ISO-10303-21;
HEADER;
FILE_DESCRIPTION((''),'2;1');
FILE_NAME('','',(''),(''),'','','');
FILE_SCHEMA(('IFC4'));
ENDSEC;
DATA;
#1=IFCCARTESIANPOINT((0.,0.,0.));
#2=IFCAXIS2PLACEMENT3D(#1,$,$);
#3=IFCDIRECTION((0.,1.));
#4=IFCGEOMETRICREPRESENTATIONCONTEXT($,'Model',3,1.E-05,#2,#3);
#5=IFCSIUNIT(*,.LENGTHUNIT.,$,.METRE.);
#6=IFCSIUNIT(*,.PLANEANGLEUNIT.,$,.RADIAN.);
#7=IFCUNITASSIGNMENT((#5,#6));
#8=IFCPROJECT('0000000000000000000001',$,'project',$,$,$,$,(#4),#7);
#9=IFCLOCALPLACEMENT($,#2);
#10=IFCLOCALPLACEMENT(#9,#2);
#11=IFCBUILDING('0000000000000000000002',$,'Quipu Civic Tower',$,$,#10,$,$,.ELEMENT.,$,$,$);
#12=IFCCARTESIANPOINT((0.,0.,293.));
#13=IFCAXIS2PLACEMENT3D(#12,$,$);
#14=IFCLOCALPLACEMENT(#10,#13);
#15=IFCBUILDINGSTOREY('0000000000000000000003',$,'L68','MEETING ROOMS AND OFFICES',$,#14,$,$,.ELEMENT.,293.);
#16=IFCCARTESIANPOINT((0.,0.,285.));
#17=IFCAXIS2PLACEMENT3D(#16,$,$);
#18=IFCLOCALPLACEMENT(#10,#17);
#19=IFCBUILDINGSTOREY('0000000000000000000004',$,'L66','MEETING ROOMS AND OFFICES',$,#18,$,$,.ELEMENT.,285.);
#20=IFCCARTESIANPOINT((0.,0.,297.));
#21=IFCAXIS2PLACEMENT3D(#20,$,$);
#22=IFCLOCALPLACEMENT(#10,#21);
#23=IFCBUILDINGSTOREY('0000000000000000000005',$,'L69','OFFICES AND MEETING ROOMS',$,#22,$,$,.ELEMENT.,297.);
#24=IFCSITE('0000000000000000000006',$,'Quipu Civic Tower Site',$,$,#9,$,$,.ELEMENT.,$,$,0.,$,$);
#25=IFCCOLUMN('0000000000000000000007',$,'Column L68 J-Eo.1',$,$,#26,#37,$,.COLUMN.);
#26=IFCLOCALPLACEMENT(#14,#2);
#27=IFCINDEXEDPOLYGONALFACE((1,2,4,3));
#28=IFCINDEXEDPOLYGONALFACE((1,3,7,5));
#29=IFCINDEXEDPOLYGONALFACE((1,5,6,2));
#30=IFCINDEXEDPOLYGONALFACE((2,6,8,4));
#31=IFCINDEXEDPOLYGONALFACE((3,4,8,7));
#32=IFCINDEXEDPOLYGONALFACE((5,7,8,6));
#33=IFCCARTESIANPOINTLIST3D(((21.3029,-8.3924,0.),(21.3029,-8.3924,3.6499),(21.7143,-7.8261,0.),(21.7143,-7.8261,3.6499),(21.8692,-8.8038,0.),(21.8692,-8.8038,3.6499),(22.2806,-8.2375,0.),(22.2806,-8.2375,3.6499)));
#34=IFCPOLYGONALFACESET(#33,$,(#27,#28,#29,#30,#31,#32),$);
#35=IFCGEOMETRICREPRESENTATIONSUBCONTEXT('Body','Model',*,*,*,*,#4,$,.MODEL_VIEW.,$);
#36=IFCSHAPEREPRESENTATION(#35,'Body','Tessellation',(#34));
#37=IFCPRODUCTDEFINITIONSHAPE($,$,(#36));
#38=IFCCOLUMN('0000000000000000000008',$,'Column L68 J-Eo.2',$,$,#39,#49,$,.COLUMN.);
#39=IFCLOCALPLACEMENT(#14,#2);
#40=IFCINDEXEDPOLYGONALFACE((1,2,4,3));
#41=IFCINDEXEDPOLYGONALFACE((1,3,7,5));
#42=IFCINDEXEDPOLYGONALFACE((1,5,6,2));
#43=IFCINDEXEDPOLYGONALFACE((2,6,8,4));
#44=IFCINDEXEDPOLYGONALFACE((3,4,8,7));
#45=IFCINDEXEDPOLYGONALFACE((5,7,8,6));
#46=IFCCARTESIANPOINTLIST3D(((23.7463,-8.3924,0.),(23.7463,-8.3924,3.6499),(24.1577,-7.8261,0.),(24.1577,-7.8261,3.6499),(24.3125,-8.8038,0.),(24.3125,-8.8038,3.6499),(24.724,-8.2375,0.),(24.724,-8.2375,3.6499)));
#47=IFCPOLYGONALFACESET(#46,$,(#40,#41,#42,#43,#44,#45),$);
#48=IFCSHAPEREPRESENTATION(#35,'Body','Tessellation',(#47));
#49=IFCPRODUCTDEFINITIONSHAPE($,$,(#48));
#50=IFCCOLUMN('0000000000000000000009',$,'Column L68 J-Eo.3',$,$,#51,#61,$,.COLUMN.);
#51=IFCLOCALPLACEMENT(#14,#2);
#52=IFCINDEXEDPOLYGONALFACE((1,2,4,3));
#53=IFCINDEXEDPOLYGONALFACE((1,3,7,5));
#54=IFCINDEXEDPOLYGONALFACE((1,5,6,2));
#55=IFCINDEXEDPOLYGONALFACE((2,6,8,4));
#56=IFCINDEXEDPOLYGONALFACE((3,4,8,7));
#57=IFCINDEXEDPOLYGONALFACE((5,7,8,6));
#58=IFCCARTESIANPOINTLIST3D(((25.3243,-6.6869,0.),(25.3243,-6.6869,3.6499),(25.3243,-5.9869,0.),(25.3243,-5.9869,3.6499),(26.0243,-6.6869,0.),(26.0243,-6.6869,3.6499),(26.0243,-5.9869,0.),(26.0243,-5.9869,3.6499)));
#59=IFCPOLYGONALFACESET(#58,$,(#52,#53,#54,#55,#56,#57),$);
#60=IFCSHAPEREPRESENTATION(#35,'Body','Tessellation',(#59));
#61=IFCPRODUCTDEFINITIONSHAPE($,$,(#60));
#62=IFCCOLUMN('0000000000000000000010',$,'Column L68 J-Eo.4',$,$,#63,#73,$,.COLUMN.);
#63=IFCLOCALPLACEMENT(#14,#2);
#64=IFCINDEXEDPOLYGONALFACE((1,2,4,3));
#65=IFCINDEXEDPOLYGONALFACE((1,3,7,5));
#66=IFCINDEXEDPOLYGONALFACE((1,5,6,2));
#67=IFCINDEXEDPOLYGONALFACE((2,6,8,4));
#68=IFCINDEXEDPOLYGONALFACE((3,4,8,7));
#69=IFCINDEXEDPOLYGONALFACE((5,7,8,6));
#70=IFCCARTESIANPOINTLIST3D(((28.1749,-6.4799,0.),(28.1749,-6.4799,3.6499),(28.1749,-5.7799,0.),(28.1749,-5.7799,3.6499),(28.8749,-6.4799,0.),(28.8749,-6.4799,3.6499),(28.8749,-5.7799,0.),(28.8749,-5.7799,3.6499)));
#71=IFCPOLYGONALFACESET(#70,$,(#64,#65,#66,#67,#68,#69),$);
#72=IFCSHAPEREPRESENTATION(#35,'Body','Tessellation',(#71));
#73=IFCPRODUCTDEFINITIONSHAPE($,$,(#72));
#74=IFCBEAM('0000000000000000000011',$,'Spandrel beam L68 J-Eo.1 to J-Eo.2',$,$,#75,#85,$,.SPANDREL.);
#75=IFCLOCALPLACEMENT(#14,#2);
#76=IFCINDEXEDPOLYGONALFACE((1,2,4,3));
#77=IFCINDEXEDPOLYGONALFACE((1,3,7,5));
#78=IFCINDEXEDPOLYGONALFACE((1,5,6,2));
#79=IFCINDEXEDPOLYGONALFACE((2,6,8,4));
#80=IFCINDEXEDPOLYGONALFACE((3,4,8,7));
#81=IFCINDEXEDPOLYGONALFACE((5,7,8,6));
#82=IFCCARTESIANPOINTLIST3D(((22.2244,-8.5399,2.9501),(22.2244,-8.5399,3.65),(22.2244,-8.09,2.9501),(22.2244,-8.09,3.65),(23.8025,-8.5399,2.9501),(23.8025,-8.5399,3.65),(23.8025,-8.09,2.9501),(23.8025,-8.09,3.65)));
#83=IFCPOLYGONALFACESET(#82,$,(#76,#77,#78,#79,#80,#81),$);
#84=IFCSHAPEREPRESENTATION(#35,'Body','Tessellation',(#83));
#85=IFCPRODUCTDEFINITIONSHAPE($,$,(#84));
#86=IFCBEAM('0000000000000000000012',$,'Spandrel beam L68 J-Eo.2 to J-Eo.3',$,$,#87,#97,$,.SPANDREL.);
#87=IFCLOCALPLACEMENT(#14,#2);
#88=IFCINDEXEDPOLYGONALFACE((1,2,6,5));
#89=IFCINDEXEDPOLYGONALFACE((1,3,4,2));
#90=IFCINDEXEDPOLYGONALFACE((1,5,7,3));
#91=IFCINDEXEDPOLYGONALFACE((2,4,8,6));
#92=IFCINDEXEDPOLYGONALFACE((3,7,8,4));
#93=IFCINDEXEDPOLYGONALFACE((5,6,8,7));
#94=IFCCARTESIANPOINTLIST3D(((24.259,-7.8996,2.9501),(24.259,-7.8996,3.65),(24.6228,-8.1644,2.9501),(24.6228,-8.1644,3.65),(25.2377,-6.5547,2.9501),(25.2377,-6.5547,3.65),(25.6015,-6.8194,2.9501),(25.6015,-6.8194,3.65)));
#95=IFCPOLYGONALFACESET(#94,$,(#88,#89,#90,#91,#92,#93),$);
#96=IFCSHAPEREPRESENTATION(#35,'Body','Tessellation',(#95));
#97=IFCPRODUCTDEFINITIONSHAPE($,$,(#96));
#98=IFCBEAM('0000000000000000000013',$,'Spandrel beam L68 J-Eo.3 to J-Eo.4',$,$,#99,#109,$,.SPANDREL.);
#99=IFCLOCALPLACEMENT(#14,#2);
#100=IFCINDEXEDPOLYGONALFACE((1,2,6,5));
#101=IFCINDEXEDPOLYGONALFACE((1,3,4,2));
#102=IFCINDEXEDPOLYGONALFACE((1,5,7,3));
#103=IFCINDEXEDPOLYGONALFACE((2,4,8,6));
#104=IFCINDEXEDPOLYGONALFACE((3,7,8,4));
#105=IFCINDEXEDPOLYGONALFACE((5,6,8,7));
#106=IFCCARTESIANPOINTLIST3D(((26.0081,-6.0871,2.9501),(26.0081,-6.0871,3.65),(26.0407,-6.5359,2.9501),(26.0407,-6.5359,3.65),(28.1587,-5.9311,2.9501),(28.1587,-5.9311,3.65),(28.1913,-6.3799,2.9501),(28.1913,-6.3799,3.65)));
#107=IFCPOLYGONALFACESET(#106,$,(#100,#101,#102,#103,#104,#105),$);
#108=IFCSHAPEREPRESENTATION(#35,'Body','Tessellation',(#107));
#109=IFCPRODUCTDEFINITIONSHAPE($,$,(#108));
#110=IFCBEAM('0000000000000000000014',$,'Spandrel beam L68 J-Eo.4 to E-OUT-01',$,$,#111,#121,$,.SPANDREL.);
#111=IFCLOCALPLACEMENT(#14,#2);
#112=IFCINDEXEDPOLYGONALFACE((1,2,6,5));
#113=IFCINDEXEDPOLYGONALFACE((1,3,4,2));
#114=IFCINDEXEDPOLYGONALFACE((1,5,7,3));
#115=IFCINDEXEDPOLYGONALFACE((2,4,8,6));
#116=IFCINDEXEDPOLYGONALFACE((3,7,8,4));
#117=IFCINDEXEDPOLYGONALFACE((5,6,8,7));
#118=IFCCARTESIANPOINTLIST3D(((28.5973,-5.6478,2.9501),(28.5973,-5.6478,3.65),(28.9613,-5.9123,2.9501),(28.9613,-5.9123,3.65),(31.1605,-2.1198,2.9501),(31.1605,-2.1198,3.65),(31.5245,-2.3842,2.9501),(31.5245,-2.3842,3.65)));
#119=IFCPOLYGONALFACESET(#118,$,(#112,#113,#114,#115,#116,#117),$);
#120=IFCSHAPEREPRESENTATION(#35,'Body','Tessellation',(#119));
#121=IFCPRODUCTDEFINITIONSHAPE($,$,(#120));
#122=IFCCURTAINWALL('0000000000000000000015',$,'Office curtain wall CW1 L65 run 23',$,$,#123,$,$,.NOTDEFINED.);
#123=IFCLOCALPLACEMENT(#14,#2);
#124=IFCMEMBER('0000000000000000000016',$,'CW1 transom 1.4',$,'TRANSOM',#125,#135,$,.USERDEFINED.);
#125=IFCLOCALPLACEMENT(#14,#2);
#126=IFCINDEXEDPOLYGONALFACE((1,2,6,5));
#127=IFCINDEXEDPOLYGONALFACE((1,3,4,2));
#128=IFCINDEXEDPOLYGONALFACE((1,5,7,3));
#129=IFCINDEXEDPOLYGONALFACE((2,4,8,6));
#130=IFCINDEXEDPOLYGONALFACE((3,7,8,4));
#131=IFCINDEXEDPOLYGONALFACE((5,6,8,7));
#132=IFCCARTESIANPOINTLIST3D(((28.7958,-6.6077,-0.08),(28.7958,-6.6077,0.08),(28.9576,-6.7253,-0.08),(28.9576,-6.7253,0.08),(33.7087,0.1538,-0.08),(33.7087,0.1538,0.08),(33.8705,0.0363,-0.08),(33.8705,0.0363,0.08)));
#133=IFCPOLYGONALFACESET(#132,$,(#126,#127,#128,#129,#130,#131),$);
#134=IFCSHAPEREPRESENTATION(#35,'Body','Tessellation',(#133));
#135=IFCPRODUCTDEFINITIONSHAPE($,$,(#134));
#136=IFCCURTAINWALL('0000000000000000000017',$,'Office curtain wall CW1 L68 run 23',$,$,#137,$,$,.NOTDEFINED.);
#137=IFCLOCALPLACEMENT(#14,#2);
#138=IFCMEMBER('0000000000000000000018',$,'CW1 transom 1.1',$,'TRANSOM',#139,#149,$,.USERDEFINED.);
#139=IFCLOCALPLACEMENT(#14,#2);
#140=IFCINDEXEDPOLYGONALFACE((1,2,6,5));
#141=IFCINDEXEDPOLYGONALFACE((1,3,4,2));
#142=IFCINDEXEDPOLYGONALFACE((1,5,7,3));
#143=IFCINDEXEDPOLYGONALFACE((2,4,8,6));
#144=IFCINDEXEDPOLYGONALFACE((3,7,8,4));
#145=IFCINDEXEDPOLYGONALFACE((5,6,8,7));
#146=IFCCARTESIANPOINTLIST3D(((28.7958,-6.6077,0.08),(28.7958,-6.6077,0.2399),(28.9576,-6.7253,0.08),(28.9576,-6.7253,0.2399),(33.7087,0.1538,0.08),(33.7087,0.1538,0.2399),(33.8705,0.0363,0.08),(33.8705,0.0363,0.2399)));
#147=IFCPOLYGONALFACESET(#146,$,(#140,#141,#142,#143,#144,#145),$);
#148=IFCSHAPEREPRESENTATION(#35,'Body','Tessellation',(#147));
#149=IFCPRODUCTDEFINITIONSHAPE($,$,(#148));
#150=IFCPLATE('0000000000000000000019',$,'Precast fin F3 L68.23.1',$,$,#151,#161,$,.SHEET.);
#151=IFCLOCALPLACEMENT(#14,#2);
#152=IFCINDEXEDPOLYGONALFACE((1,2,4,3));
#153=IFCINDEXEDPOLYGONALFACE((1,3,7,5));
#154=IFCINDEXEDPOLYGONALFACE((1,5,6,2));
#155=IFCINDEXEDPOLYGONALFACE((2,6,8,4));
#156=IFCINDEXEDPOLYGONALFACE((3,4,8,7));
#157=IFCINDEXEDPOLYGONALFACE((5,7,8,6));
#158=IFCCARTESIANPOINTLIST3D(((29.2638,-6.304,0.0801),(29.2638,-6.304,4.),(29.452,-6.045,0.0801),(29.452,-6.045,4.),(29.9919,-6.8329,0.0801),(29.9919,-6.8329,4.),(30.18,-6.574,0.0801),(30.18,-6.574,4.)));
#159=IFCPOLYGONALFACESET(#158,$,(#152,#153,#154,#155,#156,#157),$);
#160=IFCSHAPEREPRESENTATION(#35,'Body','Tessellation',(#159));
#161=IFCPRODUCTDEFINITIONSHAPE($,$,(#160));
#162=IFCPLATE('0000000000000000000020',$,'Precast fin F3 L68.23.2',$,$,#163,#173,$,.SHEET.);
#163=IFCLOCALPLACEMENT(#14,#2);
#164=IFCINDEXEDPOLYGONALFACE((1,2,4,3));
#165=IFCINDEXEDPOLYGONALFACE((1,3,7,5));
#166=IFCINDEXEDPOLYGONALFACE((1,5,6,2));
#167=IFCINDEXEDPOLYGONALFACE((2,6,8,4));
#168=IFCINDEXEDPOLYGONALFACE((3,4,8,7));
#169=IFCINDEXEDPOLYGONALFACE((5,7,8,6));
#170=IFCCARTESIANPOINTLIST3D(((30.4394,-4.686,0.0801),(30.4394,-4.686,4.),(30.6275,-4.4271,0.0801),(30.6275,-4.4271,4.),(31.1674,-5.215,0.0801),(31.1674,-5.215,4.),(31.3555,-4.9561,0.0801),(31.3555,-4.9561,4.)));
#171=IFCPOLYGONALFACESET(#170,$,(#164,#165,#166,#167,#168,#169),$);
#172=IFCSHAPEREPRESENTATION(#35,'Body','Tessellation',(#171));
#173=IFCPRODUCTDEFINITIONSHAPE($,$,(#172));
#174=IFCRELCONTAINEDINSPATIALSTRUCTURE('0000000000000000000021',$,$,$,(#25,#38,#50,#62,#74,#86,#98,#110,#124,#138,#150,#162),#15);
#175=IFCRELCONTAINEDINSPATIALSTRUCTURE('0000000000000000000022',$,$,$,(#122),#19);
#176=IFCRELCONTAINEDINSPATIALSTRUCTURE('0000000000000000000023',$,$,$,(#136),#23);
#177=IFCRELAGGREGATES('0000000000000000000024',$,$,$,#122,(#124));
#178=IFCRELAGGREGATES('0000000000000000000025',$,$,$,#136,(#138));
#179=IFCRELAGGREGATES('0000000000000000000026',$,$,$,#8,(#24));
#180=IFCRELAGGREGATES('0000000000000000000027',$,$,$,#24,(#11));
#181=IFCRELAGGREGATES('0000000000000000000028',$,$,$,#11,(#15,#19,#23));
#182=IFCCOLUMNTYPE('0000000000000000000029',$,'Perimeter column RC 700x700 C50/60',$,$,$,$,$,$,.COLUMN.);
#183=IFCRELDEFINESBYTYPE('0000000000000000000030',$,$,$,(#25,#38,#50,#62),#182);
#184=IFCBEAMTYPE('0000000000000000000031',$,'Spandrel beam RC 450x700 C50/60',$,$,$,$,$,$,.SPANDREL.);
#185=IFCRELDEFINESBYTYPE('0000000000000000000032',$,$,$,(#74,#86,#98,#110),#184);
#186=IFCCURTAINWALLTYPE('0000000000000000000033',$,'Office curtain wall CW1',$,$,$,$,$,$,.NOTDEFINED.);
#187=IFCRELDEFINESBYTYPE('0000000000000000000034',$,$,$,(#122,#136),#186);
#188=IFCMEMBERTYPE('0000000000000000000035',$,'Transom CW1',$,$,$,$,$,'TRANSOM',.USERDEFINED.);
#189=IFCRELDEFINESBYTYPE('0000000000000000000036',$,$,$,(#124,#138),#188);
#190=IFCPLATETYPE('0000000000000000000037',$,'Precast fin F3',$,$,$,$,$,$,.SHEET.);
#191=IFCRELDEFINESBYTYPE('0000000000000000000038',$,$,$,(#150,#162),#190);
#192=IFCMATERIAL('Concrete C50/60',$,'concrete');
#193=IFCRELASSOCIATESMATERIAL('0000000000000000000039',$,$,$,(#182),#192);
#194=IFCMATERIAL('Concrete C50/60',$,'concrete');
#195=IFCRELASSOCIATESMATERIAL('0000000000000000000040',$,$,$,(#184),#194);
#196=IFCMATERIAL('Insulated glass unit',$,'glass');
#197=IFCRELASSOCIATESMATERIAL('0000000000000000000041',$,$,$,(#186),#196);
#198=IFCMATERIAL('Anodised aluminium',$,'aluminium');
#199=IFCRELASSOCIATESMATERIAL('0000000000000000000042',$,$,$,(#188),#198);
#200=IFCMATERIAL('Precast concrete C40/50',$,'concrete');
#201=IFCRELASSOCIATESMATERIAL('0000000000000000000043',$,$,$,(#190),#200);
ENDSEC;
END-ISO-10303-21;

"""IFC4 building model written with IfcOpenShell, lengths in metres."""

from ifc_helpers import new_model, si_unit, direction, frame, origin, origin_2d, place, context, subcontext, project, spatial, rectangle, extrude, material, material_profile, profile_set, type_object, element, aggregate, save


model = new_model("IFC4")

# Units and contexts
model_context = context("Model", 3, precision=1e-05, world=origin(), true_north=direction((0.0, 1.0)))
body_context = subcontext(model_context, "Body", "Model", "MODEL_VIEW")
ifc_project = project(units=[si_unit("LENGTHUNIT", "METRE"), si_unit("PLANEANGLEUNIT", "RADIAN")], contexts=[model_context])

# Site, building, storey
site_placement = place(None, origin())
site = spatial("IfcSite", under=ifc_project, at=site_placement, Name="Quipu Civic Tower Site", CompositionType="ELEMENT", RefElevation=0.0)
building_placement = place(site_placement, origin())
building = spatial("IfcBuilding", under=site, at=building_placement, Name="Quipu Civic Tower", CompositionType="ELEMENT")
storey_1_placement = place(building_placement, frame((0.0, 0.0, 293.0)))
storey_1 = spatial("IfcBuildingStorey", under=building, at=storey_1_placement, Name="L68", Description="MEETING ROOMS AND OFFICES", CompositionType="ELEMENT", Elevation=293.0)

# Columns
ifc_material_1 = material(Name="Concrete C50/60", Category="concrete")
ifc_material_profile_1 = material_profile(ifc_material_1, rectangle(XDim=0.7, YDim=0.7, at=origin_2d()), Name="RC700x700")
ifc_profile_set_1 = profile_set([ifc_material_profile_1], Name="Concrete C50/60")
column_type = type_object("IfcColumnType", Name="Perimeter column RC 700x700 C50/60", PredefinedType="COLUMN", material=ifc_profile_set_1)
for number, where, z_axis, x_axis, name in (
    (1, (21.7917, -8.3149, 0.0), (0.0, 0.0, 1.0), (0.587785, 0.809017, 0.0), "Column L68 J-Eo.1"),
    (2, (24.2351, -8.3149, 0.0), (0.0, 0.0, 1.0), (0.587785, 0.809017, 0.0), "Column L68 J-Eo.2"),
    (3, (25.6743, -6.3369, 0.0), (0.0, 0.0, 1.0), (1.0, 0.0, 0.0), "Column L68 J-Eo.3"),
    (4, (28.5249, -6.1299, 0.0), (0.0, 0.0, 1.0), (1.0, 0.0, 0.0), "Column L68 J-Eo.4"),
):
    element("IfcColumn", number, at=place(storey_1_placement, frame(where, z_axis=z_axis, x_axis=x_axis)), inside=storey_1, type_object=column_type, Name=name, PredefinedType="COLUMN", context=body_context, shape_type="SweptSolid", body=[
        extrude(rectangle(XDim=0.7, YDim=0.7, at=origin_2d()), origin(), (0.0, 0.0, 1.0), 3.6499),
    ])

# Beams
ifc_material_2 = material(Name="Concrete C50/60", Category="concrete")
ifc_material_profile_2 = material_profile(ifc_material_2, rectangle(XDim=0.45, YDim=0.7, at=origin_2d()), Name="RC450x700")
ifc_profile_set_2 = profile_set([ifc_material_profile_2], Name="Concrete C50/60")
beam_type = type_object("IfcBeamType", Name="Spandrel beam RC 450x700 C50/60", PredefinedType="SPANDREL", material=ifc_profile_set_2)
beam_1_placement = place(storey_1_placement, frame((22.2244, -8.3149, 3.3), z_axis=(1.0, 0.0, 0.0), x_axis=(0.0, 1.0, 0.0)))
element("IfcBeam", 5, at=beam_1_placement, inside=storey_1, type_object=beam_type, Name="Spandrel beam L68 J-Eo.1 to J-Eo.2", PredefinedType="SPANDREL", context=body_context, shape_type="SweptSolid", body=[
    extrude(rectangle(XDim=0.45, YDim=0.7, at=origin_2d()), origin(), (0.0, 0.0, 1.0), 1.5781),
])
beam_2_placement = place(storey_1_placement, frame((24.4409, -8.032, 3.3), z_axis=(0.588407, 0.808565, 0.0), x_axis=(-0.808565, 0.588407, 0.0)))
element("IfcBeam", 6, at=beam_2_placement, inside=storey_1, type_object=beam_type, Name="Spandrel beam L68 J-Eo.2 to J-Eo.3", PredefinedType="SPANDREL", context=body_context, shape_type="SweptSolid", body=[
    extrude(rectangle(XDim=0.45, YDim=0.7, at=origin_2d()), origin(), (0.0, 0.0, 1.0), 1.6633),
])
beam_3_placement = place(storey_1_placement, frame((26.0244, -6.3115, 3.3), z_axis=(0.997379, 0.072349, 0.0), x_axis=(-0.072349, 0.997379, 0.0)))
element("IfcBeam", 7, at=beam_3_placement, inside=storey_1, type_object=beam_type, Name="Spandrel beam L68 J-Eo.3 to J-Eo.4", PredefinedType="SPANDREL", context=body_context, shape_type="SweptSolid", body=[
    extrude(rectangle(XDim=0.45, YDim=0.7, at=origin_2d()), origin(), (0.0, 0.0, 1.0), 2.1562),
])
beam_4_placement = place(storey_1_placement, frame((28.7793, -5.78, 3.3), z_axis=(0.587776, 0.809024, 0.0), x_axis=(-0.809024, 0.587776, 0.0)))
element("IfcBeam", 8, at=beam_4_placement, inside=storey_1, type_object=beam_type, Name="Spandrel beam L68 J-Eo.4 to E-OUT-01", PredefinedType="SPANDREL", context=body_context, shape_type="SweptSolid", body=[
    extrude(rectangle(XDim=0.45, YDim=0.7, at=origin_2d()), origin(), (0.0, 0.0, 1.0), 4.3608),
])

# Shared definitions
storey_2_placement = place(building_placement, frame((0.0, 0.0, 285.0)))
storey_2 = spatial("IfcBuildingStorey", under=building, at=storey_2_placement, Name="L66", Description="MEETING ROOMS AND OFFICES", CompositionType="ELEMENT", Elevation=285.0)

# Curtain wall, member
ifc_material_3 = material(Name="Insulated glass unit", Category="glass")
curtain_wall_type = type_object("IfcCurtainWallType", Name="Office curtain wall CW1", PredefinedType="NOTDEFINED", material=ifc_material_3)
curtain_wall_1_placement = place(storey_2_placement, origin())
curtain_wall_1 = element("IfcCurtainWall", 9, at=curtain_wall_1_placement, inside=storey_2, type_object=curtain_wall_type, Name="Office curtain wall CW1 L65 run 23", PredefinedType="NOTDEFINED")
ifc_material_4 = material(Name="Anodised aluminium", Category="aluminium")
ifc_material_profile_3 = material_profile(ifc_material_4, rectangle(XDim=0.2, YDim=0.1599, at=origin_2d()), Name="RECT 200x160")
ifc_profile_set_3 = profile_set([ifc_material_profile_3], Name="Anodised aluminium")
member_type = type_object("IfcMemberType", Name="Transom CW1", ElementType="TRANSOM", PredefinedType="USERDEFINED", material=ifc_profile_set_3)
member_1_placement = place(storey_1_placement, frame((28.8767, -6.6665, 0.0), z_axis=(0.587812, 0.808997, 0.0), x_axis=(-0.808997, 0.587812, 0.0)))
member_1 = element("IfcMember", 10, at=member_1_placement, inside=storey_1, type_object=member_type, Name="CW1 transom 1.4", ObjectType="TRANSOM", PredefinedType="USERDEFINED", context=body_context, shape_type="SweptSolid", body=[
    extrude(rectangle(XDim=0.2, YDim=0.1599, at=origin_2d()), origin(), (0.0, 0.0, 1.0), 8.3579),
])
aggregate(curtain_wall_1, [member_1])

# Shared definitions
storey_3_placement = place(building_placement, frame((0.0, 0.0, 297.0)))
storey_3 = spatial("IfcBuildingStorey", under=building, at=storey_3_placement, Name="L69", Description="OFFICES AND MEETING ROOMS", CompositionType="ELEMENT", Elevation=297.0)

# Curtain wall, member
curtain_wall_2_placement = place(storey_3_placement, origin())
curtain_wall_2 = element("IfcCurtainWall", 11, at=curtain_wall_2_placement, inside=storey_3, type_object=curtain_wall_type, Name="Office curtain wall CW1 L68 run 23", PredefinedType="NOTDEFINED")
member_2_placement = place(storey_1_placement, frame((28.8767, -6.6665, 0.1599), z_axis=(0.587812, 0.808997, 0.0), x_axis=(-0.808997, 0.587812, 0.0)))
member_2 = element("IfcMember", 12, at=member_2_placement, inside=storey_1, type_object=member_type, Name="CW1 transom 1.1", ObjectType="TRANSOM", PredefinedType="USERDEFINED", context=body_context, shape_type="SweptSolid", body=[
    extrude(rectangle(XDim=0.2, YDim=0.1599, at=origin_2d()), origin(), (0.0, 0.0, 1.0), 8.3579),
])
aggregate(curtain_wall_2, [member_2])

# Plates
ifc_material_5 = material(Name="Precast concrete C40/50", Category="concrete")
plate_type = type_object("IfcPlateType", Name="Precast fin F3", PredefinedType="SHEET", material=ifc_material_5)
for number, where, z_axis, x_axis, name in (
    (13, (29.7219, -6.439, 0.0801), (0.0, 0.0, 1.0), (0.587787, 0.809016, 0.0), "Precast fin F3 L68.23.1"),
    (14, (30.8975, -4.821, 0.0801), (0.0, 0.0, 1.0), (0.587787, 0.809016, 0.0), "Precast fin F3 L68.23.2"),
):
    element("IfcPlate", number, at=place(storey_1_placement, frame(where, z_axis=z_axis, x_axis=x_axis)), inside=storey_1, type_object=plate_type, Name=name, PredefinedType="SHEET", context=body_context, shape_type="SweptSolid", body=[
        extrude(rectangle(XDim=0.3201, YDim=0.8999, at=origin_2d()), origin(), (0.0, 0.0, 1.0), 3.9199),
    ])

save(model, "model.ifc")
